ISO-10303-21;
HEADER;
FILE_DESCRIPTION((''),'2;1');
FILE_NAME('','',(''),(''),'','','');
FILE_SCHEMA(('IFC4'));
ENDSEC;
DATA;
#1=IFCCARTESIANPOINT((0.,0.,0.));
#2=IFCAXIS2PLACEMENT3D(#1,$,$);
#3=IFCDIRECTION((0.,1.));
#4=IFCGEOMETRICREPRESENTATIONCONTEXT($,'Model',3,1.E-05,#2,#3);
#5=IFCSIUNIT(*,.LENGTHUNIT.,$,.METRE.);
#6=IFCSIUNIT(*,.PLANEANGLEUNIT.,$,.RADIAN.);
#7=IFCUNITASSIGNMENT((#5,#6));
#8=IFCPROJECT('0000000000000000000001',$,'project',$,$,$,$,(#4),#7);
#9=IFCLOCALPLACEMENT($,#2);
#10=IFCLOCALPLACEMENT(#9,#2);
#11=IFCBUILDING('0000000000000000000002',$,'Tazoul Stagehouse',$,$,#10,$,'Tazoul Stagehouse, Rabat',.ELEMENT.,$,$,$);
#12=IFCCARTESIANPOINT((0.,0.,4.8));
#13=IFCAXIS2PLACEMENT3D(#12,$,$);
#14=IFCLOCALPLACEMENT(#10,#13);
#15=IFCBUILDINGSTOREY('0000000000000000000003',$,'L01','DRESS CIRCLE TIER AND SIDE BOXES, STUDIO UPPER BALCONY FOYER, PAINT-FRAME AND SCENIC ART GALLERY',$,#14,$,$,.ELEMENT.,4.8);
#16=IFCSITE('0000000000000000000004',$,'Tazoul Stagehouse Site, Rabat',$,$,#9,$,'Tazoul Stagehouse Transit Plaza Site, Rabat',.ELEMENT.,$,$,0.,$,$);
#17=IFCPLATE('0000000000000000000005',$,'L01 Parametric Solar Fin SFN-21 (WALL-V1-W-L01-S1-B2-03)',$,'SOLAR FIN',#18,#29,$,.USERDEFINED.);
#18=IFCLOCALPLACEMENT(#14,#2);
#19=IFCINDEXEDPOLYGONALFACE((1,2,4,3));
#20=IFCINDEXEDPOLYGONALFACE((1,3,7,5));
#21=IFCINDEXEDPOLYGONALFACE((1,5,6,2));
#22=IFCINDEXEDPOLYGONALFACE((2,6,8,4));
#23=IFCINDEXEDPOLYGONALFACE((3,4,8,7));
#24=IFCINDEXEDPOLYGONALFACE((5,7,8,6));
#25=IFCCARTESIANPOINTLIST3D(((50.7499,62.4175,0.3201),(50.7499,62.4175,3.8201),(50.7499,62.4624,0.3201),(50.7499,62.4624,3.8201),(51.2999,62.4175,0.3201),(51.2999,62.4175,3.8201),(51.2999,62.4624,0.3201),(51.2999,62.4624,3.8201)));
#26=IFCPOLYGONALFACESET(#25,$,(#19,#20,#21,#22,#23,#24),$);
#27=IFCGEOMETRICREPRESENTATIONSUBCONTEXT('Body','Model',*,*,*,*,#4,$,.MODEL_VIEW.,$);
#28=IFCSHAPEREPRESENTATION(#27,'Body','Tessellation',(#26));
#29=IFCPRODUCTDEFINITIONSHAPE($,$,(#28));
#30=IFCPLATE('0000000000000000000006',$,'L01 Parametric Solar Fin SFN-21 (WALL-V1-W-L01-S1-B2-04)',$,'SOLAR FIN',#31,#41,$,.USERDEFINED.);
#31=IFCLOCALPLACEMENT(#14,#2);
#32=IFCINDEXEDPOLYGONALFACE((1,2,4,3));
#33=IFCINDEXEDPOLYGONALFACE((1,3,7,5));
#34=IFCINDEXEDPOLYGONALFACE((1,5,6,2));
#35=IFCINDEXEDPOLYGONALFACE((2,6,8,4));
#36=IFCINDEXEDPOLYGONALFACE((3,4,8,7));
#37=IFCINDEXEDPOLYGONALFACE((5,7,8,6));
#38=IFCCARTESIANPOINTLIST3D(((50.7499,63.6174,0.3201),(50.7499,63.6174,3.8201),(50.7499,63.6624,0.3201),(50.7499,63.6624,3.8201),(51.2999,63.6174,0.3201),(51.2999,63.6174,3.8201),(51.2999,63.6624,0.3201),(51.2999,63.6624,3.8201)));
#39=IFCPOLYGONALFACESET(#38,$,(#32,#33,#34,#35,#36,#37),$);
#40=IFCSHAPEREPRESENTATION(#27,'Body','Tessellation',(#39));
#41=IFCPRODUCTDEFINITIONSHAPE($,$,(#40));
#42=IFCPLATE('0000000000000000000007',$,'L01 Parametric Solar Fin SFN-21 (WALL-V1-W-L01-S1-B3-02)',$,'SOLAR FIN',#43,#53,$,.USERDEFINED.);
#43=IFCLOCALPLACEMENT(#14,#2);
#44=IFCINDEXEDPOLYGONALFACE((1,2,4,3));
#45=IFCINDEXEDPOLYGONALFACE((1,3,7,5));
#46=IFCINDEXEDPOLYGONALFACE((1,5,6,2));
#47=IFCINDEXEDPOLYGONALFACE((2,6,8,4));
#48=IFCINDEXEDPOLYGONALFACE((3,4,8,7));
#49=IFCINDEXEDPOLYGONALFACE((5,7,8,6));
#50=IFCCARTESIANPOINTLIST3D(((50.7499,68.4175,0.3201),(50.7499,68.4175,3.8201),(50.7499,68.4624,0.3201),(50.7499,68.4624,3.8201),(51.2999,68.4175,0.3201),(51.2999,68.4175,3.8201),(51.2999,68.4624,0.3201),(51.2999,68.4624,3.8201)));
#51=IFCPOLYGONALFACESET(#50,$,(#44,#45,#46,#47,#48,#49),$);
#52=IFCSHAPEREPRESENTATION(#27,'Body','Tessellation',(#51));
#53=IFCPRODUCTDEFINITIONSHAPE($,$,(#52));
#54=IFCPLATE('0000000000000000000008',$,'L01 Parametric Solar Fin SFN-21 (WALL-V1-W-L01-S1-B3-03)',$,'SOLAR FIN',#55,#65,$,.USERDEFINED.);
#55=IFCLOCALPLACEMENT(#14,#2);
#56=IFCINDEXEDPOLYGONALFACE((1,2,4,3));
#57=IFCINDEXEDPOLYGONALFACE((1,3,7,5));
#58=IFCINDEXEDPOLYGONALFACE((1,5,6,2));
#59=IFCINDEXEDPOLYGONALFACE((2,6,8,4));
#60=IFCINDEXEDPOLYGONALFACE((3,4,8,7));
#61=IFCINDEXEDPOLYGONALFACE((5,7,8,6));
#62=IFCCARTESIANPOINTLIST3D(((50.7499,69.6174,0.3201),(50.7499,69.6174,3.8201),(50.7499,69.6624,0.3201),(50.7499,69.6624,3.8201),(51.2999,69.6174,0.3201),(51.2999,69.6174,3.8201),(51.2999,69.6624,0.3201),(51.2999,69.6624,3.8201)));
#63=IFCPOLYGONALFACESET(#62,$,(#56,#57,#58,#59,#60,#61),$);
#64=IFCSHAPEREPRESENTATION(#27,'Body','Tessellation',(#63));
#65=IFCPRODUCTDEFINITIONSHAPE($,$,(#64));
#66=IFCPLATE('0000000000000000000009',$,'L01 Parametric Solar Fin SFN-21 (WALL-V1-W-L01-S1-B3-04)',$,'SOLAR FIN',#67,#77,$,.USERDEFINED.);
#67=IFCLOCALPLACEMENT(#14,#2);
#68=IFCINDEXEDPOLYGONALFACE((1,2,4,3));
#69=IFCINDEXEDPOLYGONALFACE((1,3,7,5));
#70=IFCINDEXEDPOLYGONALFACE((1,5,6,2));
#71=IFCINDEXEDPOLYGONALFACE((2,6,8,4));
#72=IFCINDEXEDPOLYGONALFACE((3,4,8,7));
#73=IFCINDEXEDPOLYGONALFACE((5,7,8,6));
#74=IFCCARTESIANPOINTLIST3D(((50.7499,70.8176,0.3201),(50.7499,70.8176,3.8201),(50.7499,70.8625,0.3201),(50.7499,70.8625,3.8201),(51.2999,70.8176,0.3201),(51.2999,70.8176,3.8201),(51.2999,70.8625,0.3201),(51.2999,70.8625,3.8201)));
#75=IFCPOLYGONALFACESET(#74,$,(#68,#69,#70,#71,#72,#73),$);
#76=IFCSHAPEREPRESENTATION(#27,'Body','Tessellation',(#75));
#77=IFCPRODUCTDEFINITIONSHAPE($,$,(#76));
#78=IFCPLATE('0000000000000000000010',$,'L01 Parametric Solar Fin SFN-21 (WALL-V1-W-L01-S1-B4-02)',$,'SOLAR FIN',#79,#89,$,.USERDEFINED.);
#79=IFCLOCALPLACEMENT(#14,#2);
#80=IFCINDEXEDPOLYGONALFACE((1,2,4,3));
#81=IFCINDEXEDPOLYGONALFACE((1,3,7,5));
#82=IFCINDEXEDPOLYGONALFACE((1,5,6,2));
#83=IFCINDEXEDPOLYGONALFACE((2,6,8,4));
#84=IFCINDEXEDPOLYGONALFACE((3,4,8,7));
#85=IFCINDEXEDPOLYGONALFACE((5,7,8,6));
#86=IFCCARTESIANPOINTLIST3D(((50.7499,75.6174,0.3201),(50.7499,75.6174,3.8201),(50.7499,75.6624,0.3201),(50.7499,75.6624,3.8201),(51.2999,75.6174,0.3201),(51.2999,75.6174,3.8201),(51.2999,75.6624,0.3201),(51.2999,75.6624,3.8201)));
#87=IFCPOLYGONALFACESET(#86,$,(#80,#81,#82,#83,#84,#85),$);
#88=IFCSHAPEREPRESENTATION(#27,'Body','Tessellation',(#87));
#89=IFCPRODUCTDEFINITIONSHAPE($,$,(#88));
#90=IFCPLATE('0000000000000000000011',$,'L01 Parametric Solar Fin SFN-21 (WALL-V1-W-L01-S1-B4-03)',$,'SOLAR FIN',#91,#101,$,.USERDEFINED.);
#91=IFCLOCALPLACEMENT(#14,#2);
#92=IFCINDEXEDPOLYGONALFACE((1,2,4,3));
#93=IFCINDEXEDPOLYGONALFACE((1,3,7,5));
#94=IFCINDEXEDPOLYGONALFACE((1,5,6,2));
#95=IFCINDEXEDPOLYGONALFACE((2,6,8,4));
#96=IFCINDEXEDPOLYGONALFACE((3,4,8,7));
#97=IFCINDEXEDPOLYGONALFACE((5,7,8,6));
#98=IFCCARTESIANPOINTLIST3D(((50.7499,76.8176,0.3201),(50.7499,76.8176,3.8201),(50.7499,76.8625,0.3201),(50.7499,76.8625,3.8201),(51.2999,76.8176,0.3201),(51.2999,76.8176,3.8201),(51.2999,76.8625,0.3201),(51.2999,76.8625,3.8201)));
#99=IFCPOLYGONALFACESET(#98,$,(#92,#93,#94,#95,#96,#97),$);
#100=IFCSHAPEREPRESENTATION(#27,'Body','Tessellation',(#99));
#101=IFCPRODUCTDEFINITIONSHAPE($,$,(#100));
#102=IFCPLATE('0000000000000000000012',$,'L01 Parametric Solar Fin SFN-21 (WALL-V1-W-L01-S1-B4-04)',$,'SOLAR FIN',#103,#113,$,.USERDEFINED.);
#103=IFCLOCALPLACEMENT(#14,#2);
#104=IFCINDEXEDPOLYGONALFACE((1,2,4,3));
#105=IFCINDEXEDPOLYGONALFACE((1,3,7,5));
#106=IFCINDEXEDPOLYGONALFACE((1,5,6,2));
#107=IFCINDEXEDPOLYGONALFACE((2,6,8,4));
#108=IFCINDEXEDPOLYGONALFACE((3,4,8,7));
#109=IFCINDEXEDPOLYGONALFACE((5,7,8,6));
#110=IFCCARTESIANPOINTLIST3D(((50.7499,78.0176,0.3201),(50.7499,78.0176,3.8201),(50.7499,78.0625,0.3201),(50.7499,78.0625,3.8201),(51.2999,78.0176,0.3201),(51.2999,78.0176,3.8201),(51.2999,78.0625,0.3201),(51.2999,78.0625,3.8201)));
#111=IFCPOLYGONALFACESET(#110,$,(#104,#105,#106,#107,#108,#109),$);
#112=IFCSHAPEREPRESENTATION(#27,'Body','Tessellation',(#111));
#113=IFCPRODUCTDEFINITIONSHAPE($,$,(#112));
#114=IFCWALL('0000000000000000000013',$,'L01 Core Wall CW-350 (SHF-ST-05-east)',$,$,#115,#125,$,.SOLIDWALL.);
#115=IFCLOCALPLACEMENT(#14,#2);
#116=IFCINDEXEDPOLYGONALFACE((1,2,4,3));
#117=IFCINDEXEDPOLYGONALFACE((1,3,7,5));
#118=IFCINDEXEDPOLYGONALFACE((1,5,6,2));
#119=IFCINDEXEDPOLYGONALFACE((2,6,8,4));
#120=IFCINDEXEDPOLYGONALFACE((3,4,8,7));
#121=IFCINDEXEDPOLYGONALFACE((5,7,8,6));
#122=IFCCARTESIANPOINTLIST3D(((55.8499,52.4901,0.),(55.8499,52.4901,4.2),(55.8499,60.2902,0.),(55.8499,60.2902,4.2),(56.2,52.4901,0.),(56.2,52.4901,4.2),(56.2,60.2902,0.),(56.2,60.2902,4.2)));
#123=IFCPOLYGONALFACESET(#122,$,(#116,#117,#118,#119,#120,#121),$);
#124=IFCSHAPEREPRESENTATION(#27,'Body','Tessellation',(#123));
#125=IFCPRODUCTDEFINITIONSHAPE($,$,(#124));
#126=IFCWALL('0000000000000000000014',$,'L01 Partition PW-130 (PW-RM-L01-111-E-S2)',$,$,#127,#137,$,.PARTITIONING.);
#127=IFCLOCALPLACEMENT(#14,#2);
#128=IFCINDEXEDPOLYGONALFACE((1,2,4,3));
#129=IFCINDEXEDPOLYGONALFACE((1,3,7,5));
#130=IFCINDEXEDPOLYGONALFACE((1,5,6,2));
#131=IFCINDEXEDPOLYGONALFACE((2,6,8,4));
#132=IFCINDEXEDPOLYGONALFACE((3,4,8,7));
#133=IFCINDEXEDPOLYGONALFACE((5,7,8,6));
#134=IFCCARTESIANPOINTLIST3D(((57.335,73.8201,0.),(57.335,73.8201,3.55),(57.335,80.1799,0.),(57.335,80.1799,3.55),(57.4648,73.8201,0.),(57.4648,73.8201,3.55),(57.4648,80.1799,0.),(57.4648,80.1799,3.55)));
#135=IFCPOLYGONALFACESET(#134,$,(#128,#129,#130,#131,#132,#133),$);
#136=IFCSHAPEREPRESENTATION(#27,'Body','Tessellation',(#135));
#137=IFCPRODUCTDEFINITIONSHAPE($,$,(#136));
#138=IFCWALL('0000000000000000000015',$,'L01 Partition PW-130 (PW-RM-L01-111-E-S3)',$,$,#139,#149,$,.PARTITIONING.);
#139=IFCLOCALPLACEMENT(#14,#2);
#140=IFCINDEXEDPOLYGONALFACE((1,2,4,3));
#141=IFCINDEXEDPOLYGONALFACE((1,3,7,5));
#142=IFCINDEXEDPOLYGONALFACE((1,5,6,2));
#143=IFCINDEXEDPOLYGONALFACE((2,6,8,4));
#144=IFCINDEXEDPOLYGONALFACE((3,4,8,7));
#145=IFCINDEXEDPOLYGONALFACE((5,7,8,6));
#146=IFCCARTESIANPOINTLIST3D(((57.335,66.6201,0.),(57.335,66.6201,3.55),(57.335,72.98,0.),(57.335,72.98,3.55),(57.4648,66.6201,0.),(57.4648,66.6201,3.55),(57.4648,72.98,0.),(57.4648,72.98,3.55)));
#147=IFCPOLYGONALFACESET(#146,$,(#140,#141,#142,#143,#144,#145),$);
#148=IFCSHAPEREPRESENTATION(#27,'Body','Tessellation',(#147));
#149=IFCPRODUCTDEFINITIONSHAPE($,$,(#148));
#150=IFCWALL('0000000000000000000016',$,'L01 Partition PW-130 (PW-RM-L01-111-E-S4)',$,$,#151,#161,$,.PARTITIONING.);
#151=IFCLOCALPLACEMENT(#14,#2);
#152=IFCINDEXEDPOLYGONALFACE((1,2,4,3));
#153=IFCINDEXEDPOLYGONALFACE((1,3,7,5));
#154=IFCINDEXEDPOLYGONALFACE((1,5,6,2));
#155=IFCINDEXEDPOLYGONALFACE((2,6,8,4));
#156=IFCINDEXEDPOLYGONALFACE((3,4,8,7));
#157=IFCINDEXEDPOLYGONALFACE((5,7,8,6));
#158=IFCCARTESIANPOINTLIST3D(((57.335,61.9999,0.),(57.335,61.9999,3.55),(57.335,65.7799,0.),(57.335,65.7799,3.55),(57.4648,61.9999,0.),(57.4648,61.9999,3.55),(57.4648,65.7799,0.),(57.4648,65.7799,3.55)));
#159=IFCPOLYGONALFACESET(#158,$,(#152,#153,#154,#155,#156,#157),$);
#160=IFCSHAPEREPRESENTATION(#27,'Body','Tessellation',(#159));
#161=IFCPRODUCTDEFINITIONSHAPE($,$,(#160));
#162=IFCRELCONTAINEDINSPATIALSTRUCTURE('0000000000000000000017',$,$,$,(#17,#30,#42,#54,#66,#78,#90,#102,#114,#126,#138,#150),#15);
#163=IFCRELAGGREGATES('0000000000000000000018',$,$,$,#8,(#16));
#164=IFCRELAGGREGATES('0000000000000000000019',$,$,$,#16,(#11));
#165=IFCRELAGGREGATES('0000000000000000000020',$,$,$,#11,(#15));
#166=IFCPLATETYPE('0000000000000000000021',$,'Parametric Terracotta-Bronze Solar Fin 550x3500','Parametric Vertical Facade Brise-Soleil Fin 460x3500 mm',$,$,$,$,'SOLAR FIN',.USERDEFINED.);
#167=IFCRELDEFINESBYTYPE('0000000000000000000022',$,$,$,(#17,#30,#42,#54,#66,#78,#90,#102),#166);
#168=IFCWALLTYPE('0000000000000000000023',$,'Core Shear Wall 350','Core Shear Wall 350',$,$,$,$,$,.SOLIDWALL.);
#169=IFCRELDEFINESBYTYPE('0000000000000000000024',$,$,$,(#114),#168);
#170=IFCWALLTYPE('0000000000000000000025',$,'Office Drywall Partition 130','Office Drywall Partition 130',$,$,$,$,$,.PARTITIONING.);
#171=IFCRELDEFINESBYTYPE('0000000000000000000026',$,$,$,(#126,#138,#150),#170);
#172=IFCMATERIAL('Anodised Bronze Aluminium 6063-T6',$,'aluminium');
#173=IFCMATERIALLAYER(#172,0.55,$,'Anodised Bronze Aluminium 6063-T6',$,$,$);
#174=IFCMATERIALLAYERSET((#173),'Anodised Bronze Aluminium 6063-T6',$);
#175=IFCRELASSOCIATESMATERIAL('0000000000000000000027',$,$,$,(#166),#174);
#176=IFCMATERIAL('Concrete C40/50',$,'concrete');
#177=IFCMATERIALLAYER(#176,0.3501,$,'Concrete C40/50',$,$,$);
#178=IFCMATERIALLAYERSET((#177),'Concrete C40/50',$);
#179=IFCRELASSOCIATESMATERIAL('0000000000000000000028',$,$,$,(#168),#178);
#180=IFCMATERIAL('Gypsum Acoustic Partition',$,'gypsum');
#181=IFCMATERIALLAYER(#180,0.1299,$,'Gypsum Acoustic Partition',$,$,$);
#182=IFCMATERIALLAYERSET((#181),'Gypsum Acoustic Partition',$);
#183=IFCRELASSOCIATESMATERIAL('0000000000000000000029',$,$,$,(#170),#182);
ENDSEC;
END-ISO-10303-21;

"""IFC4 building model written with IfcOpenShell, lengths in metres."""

from ifc_helpers import new_model, si_unit, direction, frame, frame_2d, origin, origin_2d, place, context, subcontext, project, spatial, rectangle, extrude, material, layer, layer_set, type_object, element, save


model = new_model("IFC4")

# Units and contexts
model_context = context("Model", 3, precision=1e-05, world=origin(), true_north=direction((0.0, 1.0)))
body_context = subcontext(model_context, "Body", "Model", "MODEL_VIEW")
ifc_project = project(units=[si_unit("LENGTHUNIT", "METRE"), si_unit("PLANEANGLEUNIT", "RADIAN")], contexts=[model_context])

# Site, building, storey
site_placement = place(None, origin())
site = spatial("IfcSite", under=ifc_project, at=site_placement, Name="Tazoul Stagehouse Site, Rabat", LongName="Tazoul Stagehouse Transit Plaza Site, Rabat", CompositionType="ELEMENT", RefElevation=0.0)
building_placement = place(site_placement, origin())
building = spatial("IfcBuilding", under=site, at=building_placement, Name="Tazoul Stagehouse", LongName="Tazoul Stagehouse, Rabat", CompositionType="ELEMENT")
storey_placement = place(building_placement, frame((0.0, 0.0, 4.8)))
storey = spatial("IfcBuildingStorey", under=building, at=storey_placement, Name="L01", Description="DRESS CIRCLE TIER AND SIDE BOXES, STUDIO UPPER BALCONY FOYER, PAINT-FRAME AND SCENIC ART GALLERY", CompositionType="ELEMENT", Elevation=4.8)

# Shared definitions
ifc_material_1 = material(Name="Concrete C40/50", Category="concrete")

# Plates
ifc_material_2 = material(Name="Anodised Bronze Aluminium 6063-T6", Category="aluminium")
ifc_layer_1 = layer(ifc_material_2, 0.55, Name="Anodised Bronze Aluminium 6063-T6")
ifc_layer_set_1 = layer_set([ifc_layer_1], Name="Anodised Bronze Aluminium 6063-T6")
plate_type_1 = type_object("IfcPlateType", Name="Parametric Terracotta-Bronze Solar Fin 550x3500", Description="Parametric Vertical Facade Brise-Soleil Fin 460x3500 mm", ElementType="SOLAR FIN", PredefinedType="USERDEFINED", material=ifc_layer_set_1)
for number, where, z_axis, x_axis, name in (
    (1, (51.0249, 62.4399, 0.3201), (0.0, 0.0, 1.0), (0.0, 1.0, 0.0), "L01 Parametric Solar Fin SFN-21 (WALL-V1-W-L01-S1-B2-03)"),
    (2, (51.0249, 63.6399, 0.3201), (0.0, 0.0, 1.0), (0.0, 1.0, 0.0), "L01 Parametric Solar Fin SFN-21 (WALL-V1-W-L01-S1-B2-04)"),
    (3, (51.0249, 68.4399, 0.3201), (0.0, 0.0, 1.0), (0.0, 1.0, 0.0), "L01 Parametric Solar Fin SFN-21 (WALL-V1-W-L01-S1-B3-02)"),
    (4, (51.0249, 69.6399, 0.3201), (0.0, 0.0, 1.0), (0.0, 1.0, 0.0), "L01 Parametric Solar Fin SFN-21 (WALL-V1-W-L01-S1-B3-03)"),
    (5, (51.0249, 70.8401, 0.3201), (0.0, 0.0, 1.0), (0.0, 1.0, 0.0), "L01 Parametric Solar Fin SFN-21 (WALL-V1-W-L01-S1-B3-04)"),
    (6, (51.0249, 75.6399, 0.3201), (0.0, 0.0, 1.0), (0.0, 1.0, 0.0), "L01 Parametric Solar Fin SFN-21 (WALL-V1-W-L01-S1-B4-02)"),
    (7, (51.0249, 76.8401, 0.3201), (0.0, 0.0, 1.0), (0.0, 1.0, 0.0), "L01 Parametric Solar Fin SFN-21 (WALL-V1-W-L01-S1-B4-03)"),
    (8, (51.0249, 78.04, 0.3201), (0.0, 0.0, 1.0), (0.0, 1.0, 0.0), "L01 Parametric Solar Fin SFN-21 (WALL-V1-W-L01-S1-B4-04)"),
):
    element("IfcPlate", number, at=place(storey_placement, frame(where, z_axis=z_axis, x_axis=x_axis)), inside=storey, type_object=plate_type_1, Name=name, ObjectType="SOLAR FIN", PredefinedType="USERDEFINED", context=body_context, shape_type="SweptSolid", body=[
        extrude(rectangle(XDim=0.0449, YDim=0.55, at=origin_2d()), origin(), (0.0, 0.0, 1.0), 3.5),
    ])

# Shared definitions
ifc_layer_2 = layer(ifc_material_1, 0.3501, Name="Concrete C40/50")
ifc_layer_set_2 = layer_set([ifc_layer_2], Name="Concrete C40/50")
wall_type_1 = type_object("IfcWallType", Name="Core Shear Wall 350", Description="Core Shear Wall 350", PredefinedType="SOLIDWALL", material=ifc_layer_set_2)

# Walls
wall_1_placement = place(storey_placement, frame((56.0249, 60.29, 0.0), z_axis=(0.0, 0.0, 1.0), x_axis=(0.0, -1.0, 0.0)))
element("IfcWall", 9, at=wall_1_placement, inside=storey, type_object=wall_type_1, Name="L01 Core Wall CW-350 (SHF-ST-05-east)", PredefinedType="SOLIDWALL", context=body_context, shape_type="SweptSolid", body=[
    extrude(rectangle(XDim=7.8, YDim=0.3501, at=frame_2d((3.8999, 0.0))), origin(), (0.0, 0.0, 1.0), 4.2),
])
ifc_material_3 = material(Name="Gypsum Acoustic Partition", Category="gypsum")
ifc_layer_3 = layer(ifc_material_3, 0.1299, Name="Gypsum Acoustic Partition")
ifc_layer_set_3 = layer_set([ifc_layer_3], Name="Gypsum Acoustic Partition")
wall_type_2 = type_object("IfcWallType", Name="Office Drywall Partition 130", Description="Office Drywall Partition 130", PredefinedType="PARTITIONING", material=ifc_layer_set_3)
for number, where, z_axis, x_axis, name in (
    (10, (57.3999, 80.1799, 0.0), (0.0, 0.0, 1.0), (0.0, -1.0, 0.0), "L01 Partition PW-130 (PW-RM-L01-111-E-S2)"),
    (11, (57.3999, 72.98, 0.0), (0.0, 0.0, 1.0), (0.0, -1.0, 0.0), "L01 Partition PW-130 (PW-RM-L01-111-E-S3)"),
):
    element("IfcWall", number, at=place(storey_placement, frame(where, z_axis=z_axis, x_axis=x_axis)), inside=storey, type_object=wall_type_2, Name=name, PredefinedType="PARTITIONING", context=body_context, shape_type="SweptSolid", body=[
        extrude(rectangle(XDim=6.3599, YDim=0.1299, at=frame_2d((3.1799, 0.0))), origin(), (0.0, 0.0, 1.0), 3.55),
    ])
wall_2_placement = place(storey_placement, frame((57.3999, 65.78, 0.0), z_axis=(0.0, 0.0, 1.0), x_axis=(0.0, -1.0, 0.0)))
element("IfcWall", 12, at=wall_2_placement, inside=storey, type_object=wall_type_2, Name="L01 Partition PW-130 (PW-RM-L01-111-E-S4)", PredefinedType="PARTITIONING", context=body_context, shape_type="SweptSolid", body=[
    extrude(rectangle(XDim=3.78, YDim=0.1299, at=frame_2d((1.8901, 0.0))), origin(), (0.0, 0.0, 1.0), 3.55),
])

save(model, "model.ifc")
